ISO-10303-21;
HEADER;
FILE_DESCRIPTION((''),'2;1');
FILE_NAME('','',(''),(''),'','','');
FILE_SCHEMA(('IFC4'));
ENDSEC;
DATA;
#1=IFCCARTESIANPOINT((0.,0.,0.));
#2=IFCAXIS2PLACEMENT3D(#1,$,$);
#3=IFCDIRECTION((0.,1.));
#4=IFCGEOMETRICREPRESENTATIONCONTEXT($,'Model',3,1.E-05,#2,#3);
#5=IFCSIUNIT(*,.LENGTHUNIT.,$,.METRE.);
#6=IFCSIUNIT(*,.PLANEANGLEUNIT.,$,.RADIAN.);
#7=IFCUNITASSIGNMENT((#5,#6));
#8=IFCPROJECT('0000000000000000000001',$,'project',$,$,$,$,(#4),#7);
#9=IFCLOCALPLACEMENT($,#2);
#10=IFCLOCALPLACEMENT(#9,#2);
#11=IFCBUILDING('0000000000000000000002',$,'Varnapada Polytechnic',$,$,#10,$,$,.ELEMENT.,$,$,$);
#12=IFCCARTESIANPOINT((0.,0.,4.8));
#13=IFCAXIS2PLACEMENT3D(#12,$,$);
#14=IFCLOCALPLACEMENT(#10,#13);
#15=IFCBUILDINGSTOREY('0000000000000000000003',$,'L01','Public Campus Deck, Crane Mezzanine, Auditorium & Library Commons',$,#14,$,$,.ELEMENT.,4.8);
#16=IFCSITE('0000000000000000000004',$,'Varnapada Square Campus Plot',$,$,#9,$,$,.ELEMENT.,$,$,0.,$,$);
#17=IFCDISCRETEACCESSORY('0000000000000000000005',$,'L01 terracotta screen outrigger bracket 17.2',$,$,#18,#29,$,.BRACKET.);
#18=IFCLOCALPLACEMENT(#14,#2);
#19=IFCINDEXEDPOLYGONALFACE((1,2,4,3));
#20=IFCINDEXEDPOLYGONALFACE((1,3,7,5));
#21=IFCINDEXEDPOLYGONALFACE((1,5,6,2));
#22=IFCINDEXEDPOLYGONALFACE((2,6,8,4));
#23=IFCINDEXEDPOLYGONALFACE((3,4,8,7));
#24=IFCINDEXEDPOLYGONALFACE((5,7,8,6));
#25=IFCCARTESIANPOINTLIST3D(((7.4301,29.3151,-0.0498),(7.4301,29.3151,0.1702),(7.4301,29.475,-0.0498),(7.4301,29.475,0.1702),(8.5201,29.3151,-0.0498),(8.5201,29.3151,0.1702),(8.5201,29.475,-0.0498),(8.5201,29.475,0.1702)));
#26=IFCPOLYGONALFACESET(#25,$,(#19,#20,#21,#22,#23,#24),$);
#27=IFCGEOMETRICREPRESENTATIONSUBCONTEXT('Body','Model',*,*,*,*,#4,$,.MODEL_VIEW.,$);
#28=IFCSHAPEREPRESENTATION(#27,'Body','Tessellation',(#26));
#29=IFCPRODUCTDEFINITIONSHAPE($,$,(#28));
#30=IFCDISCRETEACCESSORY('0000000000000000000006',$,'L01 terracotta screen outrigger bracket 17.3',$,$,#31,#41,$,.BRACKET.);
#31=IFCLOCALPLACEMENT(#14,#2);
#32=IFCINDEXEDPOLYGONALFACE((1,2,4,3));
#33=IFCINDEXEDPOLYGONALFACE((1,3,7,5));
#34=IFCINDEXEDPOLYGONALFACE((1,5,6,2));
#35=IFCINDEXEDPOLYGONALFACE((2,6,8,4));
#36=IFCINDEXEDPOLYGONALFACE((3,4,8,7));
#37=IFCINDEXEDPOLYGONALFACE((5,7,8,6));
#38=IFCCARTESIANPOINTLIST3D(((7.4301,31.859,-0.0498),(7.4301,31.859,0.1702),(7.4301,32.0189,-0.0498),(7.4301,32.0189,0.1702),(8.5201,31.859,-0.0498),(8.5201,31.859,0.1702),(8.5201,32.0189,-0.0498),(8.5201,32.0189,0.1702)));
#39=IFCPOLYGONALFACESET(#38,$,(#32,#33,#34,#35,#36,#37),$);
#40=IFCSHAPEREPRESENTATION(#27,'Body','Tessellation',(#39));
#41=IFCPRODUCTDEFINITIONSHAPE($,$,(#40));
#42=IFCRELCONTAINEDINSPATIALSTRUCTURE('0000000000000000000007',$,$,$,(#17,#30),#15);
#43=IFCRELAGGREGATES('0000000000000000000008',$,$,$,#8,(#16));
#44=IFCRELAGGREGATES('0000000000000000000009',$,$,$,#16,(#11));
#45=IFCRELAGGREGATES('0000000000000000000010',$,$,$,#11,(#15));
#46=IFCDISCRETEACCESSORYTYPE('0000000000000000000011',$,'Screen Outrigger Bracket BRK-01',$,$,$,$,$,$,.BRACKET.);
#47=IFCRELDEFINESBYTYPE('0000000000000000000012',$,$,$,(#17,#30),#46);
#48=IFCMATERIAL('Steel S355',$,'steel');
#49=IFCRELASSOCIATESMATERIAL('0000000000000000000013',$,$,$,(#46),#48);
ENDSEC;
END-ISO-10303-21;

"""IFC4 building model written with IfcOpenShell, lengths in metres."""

from ifc_helpers import new_model, si_unit, direction, frame, origin, origin_2d, place, context, subcontext, project, spatial, rectangle, extrude, material, type_object, element, save


model = new_model("IFC4")

# Units and contexts
model_context = context("Model", 3, precision=1e-05, world=origin(), true_north=direction((0.0, 1.0)))
body_context = subcontext(model_context, "Body", "Model", "MODEL_VIEW")
ifc_project = project(units=[si_unit("LENGTHUNIT", "METRE"), si_unit("PLANEANGLEUNIT", "RADIAN")], contexts=[model_context])

# Site, building, storey
site_placement = place(None, origin())
site = spatial("IfcSite", under=ifc_project, at=site_placement, Name="Varnapada Square Campus Plot", CompositionType="ELEMENT", RefElevation=0.0)
building_placement = place(site_placement, origin())
building = spatial("IfcBuilding", under=site, at=building_placement, Name="Varnapada Polytechnic", CompositionType="ELEMENT")
storey_placement = place(building_placement, frame((0.0, 0.0, 4.8)))
storey = spatial("IfcBuildingStorey", under=building, at=storey_placement, Name="L01", Description="Public Campus Deck, Crane Mezzanine, Auditorium & Library Commons", CompositionType="ELEMENT", Elevation=4.8)

# Shared definitions
ifc_material_1 = material(Name="Steel S355", Category="steel")

# Discrete accessories
discrete_accessory_type = type_object("IfcDiscreteAccessoryType", Name="Screen Outrigger Bracket BRK-01", PredefinedType="BRACKET", material=ifc_material_1)
for number, where, z_axis, x_axis, name in (
    (1, (7.9751, 29.395, -0.0498), (0.0, 0.0, 1.0), (0.0, 1.0, 0.0), "L01 terracotta screen outrigger bracket 17.2"),
    (2, (7.9751, 31.939, -0.0498), (0.0, 0.0, 1.0), (0.0, 1.0, 0.0), "L01 terracotta screen outrigger bracket 17.3"),
):
    element("IfcDiscreteAccessory", number, at=place(storey_placement, frame(where, z_axis=z_axis, x_axis=x_axis)), inside=storey, type_object=discrete_accessory_type, Name=name, PredefinedType="BRACKET", context=body_context, shape_type="SweptSolid", body=[
        extrude(rectangle(XDim=0.1599, YDim=1.0901, at=origin_2d()), origin(), (0.0, 0.0, 1.0), 0.22),
    ])

save(model, "model.ifc")
